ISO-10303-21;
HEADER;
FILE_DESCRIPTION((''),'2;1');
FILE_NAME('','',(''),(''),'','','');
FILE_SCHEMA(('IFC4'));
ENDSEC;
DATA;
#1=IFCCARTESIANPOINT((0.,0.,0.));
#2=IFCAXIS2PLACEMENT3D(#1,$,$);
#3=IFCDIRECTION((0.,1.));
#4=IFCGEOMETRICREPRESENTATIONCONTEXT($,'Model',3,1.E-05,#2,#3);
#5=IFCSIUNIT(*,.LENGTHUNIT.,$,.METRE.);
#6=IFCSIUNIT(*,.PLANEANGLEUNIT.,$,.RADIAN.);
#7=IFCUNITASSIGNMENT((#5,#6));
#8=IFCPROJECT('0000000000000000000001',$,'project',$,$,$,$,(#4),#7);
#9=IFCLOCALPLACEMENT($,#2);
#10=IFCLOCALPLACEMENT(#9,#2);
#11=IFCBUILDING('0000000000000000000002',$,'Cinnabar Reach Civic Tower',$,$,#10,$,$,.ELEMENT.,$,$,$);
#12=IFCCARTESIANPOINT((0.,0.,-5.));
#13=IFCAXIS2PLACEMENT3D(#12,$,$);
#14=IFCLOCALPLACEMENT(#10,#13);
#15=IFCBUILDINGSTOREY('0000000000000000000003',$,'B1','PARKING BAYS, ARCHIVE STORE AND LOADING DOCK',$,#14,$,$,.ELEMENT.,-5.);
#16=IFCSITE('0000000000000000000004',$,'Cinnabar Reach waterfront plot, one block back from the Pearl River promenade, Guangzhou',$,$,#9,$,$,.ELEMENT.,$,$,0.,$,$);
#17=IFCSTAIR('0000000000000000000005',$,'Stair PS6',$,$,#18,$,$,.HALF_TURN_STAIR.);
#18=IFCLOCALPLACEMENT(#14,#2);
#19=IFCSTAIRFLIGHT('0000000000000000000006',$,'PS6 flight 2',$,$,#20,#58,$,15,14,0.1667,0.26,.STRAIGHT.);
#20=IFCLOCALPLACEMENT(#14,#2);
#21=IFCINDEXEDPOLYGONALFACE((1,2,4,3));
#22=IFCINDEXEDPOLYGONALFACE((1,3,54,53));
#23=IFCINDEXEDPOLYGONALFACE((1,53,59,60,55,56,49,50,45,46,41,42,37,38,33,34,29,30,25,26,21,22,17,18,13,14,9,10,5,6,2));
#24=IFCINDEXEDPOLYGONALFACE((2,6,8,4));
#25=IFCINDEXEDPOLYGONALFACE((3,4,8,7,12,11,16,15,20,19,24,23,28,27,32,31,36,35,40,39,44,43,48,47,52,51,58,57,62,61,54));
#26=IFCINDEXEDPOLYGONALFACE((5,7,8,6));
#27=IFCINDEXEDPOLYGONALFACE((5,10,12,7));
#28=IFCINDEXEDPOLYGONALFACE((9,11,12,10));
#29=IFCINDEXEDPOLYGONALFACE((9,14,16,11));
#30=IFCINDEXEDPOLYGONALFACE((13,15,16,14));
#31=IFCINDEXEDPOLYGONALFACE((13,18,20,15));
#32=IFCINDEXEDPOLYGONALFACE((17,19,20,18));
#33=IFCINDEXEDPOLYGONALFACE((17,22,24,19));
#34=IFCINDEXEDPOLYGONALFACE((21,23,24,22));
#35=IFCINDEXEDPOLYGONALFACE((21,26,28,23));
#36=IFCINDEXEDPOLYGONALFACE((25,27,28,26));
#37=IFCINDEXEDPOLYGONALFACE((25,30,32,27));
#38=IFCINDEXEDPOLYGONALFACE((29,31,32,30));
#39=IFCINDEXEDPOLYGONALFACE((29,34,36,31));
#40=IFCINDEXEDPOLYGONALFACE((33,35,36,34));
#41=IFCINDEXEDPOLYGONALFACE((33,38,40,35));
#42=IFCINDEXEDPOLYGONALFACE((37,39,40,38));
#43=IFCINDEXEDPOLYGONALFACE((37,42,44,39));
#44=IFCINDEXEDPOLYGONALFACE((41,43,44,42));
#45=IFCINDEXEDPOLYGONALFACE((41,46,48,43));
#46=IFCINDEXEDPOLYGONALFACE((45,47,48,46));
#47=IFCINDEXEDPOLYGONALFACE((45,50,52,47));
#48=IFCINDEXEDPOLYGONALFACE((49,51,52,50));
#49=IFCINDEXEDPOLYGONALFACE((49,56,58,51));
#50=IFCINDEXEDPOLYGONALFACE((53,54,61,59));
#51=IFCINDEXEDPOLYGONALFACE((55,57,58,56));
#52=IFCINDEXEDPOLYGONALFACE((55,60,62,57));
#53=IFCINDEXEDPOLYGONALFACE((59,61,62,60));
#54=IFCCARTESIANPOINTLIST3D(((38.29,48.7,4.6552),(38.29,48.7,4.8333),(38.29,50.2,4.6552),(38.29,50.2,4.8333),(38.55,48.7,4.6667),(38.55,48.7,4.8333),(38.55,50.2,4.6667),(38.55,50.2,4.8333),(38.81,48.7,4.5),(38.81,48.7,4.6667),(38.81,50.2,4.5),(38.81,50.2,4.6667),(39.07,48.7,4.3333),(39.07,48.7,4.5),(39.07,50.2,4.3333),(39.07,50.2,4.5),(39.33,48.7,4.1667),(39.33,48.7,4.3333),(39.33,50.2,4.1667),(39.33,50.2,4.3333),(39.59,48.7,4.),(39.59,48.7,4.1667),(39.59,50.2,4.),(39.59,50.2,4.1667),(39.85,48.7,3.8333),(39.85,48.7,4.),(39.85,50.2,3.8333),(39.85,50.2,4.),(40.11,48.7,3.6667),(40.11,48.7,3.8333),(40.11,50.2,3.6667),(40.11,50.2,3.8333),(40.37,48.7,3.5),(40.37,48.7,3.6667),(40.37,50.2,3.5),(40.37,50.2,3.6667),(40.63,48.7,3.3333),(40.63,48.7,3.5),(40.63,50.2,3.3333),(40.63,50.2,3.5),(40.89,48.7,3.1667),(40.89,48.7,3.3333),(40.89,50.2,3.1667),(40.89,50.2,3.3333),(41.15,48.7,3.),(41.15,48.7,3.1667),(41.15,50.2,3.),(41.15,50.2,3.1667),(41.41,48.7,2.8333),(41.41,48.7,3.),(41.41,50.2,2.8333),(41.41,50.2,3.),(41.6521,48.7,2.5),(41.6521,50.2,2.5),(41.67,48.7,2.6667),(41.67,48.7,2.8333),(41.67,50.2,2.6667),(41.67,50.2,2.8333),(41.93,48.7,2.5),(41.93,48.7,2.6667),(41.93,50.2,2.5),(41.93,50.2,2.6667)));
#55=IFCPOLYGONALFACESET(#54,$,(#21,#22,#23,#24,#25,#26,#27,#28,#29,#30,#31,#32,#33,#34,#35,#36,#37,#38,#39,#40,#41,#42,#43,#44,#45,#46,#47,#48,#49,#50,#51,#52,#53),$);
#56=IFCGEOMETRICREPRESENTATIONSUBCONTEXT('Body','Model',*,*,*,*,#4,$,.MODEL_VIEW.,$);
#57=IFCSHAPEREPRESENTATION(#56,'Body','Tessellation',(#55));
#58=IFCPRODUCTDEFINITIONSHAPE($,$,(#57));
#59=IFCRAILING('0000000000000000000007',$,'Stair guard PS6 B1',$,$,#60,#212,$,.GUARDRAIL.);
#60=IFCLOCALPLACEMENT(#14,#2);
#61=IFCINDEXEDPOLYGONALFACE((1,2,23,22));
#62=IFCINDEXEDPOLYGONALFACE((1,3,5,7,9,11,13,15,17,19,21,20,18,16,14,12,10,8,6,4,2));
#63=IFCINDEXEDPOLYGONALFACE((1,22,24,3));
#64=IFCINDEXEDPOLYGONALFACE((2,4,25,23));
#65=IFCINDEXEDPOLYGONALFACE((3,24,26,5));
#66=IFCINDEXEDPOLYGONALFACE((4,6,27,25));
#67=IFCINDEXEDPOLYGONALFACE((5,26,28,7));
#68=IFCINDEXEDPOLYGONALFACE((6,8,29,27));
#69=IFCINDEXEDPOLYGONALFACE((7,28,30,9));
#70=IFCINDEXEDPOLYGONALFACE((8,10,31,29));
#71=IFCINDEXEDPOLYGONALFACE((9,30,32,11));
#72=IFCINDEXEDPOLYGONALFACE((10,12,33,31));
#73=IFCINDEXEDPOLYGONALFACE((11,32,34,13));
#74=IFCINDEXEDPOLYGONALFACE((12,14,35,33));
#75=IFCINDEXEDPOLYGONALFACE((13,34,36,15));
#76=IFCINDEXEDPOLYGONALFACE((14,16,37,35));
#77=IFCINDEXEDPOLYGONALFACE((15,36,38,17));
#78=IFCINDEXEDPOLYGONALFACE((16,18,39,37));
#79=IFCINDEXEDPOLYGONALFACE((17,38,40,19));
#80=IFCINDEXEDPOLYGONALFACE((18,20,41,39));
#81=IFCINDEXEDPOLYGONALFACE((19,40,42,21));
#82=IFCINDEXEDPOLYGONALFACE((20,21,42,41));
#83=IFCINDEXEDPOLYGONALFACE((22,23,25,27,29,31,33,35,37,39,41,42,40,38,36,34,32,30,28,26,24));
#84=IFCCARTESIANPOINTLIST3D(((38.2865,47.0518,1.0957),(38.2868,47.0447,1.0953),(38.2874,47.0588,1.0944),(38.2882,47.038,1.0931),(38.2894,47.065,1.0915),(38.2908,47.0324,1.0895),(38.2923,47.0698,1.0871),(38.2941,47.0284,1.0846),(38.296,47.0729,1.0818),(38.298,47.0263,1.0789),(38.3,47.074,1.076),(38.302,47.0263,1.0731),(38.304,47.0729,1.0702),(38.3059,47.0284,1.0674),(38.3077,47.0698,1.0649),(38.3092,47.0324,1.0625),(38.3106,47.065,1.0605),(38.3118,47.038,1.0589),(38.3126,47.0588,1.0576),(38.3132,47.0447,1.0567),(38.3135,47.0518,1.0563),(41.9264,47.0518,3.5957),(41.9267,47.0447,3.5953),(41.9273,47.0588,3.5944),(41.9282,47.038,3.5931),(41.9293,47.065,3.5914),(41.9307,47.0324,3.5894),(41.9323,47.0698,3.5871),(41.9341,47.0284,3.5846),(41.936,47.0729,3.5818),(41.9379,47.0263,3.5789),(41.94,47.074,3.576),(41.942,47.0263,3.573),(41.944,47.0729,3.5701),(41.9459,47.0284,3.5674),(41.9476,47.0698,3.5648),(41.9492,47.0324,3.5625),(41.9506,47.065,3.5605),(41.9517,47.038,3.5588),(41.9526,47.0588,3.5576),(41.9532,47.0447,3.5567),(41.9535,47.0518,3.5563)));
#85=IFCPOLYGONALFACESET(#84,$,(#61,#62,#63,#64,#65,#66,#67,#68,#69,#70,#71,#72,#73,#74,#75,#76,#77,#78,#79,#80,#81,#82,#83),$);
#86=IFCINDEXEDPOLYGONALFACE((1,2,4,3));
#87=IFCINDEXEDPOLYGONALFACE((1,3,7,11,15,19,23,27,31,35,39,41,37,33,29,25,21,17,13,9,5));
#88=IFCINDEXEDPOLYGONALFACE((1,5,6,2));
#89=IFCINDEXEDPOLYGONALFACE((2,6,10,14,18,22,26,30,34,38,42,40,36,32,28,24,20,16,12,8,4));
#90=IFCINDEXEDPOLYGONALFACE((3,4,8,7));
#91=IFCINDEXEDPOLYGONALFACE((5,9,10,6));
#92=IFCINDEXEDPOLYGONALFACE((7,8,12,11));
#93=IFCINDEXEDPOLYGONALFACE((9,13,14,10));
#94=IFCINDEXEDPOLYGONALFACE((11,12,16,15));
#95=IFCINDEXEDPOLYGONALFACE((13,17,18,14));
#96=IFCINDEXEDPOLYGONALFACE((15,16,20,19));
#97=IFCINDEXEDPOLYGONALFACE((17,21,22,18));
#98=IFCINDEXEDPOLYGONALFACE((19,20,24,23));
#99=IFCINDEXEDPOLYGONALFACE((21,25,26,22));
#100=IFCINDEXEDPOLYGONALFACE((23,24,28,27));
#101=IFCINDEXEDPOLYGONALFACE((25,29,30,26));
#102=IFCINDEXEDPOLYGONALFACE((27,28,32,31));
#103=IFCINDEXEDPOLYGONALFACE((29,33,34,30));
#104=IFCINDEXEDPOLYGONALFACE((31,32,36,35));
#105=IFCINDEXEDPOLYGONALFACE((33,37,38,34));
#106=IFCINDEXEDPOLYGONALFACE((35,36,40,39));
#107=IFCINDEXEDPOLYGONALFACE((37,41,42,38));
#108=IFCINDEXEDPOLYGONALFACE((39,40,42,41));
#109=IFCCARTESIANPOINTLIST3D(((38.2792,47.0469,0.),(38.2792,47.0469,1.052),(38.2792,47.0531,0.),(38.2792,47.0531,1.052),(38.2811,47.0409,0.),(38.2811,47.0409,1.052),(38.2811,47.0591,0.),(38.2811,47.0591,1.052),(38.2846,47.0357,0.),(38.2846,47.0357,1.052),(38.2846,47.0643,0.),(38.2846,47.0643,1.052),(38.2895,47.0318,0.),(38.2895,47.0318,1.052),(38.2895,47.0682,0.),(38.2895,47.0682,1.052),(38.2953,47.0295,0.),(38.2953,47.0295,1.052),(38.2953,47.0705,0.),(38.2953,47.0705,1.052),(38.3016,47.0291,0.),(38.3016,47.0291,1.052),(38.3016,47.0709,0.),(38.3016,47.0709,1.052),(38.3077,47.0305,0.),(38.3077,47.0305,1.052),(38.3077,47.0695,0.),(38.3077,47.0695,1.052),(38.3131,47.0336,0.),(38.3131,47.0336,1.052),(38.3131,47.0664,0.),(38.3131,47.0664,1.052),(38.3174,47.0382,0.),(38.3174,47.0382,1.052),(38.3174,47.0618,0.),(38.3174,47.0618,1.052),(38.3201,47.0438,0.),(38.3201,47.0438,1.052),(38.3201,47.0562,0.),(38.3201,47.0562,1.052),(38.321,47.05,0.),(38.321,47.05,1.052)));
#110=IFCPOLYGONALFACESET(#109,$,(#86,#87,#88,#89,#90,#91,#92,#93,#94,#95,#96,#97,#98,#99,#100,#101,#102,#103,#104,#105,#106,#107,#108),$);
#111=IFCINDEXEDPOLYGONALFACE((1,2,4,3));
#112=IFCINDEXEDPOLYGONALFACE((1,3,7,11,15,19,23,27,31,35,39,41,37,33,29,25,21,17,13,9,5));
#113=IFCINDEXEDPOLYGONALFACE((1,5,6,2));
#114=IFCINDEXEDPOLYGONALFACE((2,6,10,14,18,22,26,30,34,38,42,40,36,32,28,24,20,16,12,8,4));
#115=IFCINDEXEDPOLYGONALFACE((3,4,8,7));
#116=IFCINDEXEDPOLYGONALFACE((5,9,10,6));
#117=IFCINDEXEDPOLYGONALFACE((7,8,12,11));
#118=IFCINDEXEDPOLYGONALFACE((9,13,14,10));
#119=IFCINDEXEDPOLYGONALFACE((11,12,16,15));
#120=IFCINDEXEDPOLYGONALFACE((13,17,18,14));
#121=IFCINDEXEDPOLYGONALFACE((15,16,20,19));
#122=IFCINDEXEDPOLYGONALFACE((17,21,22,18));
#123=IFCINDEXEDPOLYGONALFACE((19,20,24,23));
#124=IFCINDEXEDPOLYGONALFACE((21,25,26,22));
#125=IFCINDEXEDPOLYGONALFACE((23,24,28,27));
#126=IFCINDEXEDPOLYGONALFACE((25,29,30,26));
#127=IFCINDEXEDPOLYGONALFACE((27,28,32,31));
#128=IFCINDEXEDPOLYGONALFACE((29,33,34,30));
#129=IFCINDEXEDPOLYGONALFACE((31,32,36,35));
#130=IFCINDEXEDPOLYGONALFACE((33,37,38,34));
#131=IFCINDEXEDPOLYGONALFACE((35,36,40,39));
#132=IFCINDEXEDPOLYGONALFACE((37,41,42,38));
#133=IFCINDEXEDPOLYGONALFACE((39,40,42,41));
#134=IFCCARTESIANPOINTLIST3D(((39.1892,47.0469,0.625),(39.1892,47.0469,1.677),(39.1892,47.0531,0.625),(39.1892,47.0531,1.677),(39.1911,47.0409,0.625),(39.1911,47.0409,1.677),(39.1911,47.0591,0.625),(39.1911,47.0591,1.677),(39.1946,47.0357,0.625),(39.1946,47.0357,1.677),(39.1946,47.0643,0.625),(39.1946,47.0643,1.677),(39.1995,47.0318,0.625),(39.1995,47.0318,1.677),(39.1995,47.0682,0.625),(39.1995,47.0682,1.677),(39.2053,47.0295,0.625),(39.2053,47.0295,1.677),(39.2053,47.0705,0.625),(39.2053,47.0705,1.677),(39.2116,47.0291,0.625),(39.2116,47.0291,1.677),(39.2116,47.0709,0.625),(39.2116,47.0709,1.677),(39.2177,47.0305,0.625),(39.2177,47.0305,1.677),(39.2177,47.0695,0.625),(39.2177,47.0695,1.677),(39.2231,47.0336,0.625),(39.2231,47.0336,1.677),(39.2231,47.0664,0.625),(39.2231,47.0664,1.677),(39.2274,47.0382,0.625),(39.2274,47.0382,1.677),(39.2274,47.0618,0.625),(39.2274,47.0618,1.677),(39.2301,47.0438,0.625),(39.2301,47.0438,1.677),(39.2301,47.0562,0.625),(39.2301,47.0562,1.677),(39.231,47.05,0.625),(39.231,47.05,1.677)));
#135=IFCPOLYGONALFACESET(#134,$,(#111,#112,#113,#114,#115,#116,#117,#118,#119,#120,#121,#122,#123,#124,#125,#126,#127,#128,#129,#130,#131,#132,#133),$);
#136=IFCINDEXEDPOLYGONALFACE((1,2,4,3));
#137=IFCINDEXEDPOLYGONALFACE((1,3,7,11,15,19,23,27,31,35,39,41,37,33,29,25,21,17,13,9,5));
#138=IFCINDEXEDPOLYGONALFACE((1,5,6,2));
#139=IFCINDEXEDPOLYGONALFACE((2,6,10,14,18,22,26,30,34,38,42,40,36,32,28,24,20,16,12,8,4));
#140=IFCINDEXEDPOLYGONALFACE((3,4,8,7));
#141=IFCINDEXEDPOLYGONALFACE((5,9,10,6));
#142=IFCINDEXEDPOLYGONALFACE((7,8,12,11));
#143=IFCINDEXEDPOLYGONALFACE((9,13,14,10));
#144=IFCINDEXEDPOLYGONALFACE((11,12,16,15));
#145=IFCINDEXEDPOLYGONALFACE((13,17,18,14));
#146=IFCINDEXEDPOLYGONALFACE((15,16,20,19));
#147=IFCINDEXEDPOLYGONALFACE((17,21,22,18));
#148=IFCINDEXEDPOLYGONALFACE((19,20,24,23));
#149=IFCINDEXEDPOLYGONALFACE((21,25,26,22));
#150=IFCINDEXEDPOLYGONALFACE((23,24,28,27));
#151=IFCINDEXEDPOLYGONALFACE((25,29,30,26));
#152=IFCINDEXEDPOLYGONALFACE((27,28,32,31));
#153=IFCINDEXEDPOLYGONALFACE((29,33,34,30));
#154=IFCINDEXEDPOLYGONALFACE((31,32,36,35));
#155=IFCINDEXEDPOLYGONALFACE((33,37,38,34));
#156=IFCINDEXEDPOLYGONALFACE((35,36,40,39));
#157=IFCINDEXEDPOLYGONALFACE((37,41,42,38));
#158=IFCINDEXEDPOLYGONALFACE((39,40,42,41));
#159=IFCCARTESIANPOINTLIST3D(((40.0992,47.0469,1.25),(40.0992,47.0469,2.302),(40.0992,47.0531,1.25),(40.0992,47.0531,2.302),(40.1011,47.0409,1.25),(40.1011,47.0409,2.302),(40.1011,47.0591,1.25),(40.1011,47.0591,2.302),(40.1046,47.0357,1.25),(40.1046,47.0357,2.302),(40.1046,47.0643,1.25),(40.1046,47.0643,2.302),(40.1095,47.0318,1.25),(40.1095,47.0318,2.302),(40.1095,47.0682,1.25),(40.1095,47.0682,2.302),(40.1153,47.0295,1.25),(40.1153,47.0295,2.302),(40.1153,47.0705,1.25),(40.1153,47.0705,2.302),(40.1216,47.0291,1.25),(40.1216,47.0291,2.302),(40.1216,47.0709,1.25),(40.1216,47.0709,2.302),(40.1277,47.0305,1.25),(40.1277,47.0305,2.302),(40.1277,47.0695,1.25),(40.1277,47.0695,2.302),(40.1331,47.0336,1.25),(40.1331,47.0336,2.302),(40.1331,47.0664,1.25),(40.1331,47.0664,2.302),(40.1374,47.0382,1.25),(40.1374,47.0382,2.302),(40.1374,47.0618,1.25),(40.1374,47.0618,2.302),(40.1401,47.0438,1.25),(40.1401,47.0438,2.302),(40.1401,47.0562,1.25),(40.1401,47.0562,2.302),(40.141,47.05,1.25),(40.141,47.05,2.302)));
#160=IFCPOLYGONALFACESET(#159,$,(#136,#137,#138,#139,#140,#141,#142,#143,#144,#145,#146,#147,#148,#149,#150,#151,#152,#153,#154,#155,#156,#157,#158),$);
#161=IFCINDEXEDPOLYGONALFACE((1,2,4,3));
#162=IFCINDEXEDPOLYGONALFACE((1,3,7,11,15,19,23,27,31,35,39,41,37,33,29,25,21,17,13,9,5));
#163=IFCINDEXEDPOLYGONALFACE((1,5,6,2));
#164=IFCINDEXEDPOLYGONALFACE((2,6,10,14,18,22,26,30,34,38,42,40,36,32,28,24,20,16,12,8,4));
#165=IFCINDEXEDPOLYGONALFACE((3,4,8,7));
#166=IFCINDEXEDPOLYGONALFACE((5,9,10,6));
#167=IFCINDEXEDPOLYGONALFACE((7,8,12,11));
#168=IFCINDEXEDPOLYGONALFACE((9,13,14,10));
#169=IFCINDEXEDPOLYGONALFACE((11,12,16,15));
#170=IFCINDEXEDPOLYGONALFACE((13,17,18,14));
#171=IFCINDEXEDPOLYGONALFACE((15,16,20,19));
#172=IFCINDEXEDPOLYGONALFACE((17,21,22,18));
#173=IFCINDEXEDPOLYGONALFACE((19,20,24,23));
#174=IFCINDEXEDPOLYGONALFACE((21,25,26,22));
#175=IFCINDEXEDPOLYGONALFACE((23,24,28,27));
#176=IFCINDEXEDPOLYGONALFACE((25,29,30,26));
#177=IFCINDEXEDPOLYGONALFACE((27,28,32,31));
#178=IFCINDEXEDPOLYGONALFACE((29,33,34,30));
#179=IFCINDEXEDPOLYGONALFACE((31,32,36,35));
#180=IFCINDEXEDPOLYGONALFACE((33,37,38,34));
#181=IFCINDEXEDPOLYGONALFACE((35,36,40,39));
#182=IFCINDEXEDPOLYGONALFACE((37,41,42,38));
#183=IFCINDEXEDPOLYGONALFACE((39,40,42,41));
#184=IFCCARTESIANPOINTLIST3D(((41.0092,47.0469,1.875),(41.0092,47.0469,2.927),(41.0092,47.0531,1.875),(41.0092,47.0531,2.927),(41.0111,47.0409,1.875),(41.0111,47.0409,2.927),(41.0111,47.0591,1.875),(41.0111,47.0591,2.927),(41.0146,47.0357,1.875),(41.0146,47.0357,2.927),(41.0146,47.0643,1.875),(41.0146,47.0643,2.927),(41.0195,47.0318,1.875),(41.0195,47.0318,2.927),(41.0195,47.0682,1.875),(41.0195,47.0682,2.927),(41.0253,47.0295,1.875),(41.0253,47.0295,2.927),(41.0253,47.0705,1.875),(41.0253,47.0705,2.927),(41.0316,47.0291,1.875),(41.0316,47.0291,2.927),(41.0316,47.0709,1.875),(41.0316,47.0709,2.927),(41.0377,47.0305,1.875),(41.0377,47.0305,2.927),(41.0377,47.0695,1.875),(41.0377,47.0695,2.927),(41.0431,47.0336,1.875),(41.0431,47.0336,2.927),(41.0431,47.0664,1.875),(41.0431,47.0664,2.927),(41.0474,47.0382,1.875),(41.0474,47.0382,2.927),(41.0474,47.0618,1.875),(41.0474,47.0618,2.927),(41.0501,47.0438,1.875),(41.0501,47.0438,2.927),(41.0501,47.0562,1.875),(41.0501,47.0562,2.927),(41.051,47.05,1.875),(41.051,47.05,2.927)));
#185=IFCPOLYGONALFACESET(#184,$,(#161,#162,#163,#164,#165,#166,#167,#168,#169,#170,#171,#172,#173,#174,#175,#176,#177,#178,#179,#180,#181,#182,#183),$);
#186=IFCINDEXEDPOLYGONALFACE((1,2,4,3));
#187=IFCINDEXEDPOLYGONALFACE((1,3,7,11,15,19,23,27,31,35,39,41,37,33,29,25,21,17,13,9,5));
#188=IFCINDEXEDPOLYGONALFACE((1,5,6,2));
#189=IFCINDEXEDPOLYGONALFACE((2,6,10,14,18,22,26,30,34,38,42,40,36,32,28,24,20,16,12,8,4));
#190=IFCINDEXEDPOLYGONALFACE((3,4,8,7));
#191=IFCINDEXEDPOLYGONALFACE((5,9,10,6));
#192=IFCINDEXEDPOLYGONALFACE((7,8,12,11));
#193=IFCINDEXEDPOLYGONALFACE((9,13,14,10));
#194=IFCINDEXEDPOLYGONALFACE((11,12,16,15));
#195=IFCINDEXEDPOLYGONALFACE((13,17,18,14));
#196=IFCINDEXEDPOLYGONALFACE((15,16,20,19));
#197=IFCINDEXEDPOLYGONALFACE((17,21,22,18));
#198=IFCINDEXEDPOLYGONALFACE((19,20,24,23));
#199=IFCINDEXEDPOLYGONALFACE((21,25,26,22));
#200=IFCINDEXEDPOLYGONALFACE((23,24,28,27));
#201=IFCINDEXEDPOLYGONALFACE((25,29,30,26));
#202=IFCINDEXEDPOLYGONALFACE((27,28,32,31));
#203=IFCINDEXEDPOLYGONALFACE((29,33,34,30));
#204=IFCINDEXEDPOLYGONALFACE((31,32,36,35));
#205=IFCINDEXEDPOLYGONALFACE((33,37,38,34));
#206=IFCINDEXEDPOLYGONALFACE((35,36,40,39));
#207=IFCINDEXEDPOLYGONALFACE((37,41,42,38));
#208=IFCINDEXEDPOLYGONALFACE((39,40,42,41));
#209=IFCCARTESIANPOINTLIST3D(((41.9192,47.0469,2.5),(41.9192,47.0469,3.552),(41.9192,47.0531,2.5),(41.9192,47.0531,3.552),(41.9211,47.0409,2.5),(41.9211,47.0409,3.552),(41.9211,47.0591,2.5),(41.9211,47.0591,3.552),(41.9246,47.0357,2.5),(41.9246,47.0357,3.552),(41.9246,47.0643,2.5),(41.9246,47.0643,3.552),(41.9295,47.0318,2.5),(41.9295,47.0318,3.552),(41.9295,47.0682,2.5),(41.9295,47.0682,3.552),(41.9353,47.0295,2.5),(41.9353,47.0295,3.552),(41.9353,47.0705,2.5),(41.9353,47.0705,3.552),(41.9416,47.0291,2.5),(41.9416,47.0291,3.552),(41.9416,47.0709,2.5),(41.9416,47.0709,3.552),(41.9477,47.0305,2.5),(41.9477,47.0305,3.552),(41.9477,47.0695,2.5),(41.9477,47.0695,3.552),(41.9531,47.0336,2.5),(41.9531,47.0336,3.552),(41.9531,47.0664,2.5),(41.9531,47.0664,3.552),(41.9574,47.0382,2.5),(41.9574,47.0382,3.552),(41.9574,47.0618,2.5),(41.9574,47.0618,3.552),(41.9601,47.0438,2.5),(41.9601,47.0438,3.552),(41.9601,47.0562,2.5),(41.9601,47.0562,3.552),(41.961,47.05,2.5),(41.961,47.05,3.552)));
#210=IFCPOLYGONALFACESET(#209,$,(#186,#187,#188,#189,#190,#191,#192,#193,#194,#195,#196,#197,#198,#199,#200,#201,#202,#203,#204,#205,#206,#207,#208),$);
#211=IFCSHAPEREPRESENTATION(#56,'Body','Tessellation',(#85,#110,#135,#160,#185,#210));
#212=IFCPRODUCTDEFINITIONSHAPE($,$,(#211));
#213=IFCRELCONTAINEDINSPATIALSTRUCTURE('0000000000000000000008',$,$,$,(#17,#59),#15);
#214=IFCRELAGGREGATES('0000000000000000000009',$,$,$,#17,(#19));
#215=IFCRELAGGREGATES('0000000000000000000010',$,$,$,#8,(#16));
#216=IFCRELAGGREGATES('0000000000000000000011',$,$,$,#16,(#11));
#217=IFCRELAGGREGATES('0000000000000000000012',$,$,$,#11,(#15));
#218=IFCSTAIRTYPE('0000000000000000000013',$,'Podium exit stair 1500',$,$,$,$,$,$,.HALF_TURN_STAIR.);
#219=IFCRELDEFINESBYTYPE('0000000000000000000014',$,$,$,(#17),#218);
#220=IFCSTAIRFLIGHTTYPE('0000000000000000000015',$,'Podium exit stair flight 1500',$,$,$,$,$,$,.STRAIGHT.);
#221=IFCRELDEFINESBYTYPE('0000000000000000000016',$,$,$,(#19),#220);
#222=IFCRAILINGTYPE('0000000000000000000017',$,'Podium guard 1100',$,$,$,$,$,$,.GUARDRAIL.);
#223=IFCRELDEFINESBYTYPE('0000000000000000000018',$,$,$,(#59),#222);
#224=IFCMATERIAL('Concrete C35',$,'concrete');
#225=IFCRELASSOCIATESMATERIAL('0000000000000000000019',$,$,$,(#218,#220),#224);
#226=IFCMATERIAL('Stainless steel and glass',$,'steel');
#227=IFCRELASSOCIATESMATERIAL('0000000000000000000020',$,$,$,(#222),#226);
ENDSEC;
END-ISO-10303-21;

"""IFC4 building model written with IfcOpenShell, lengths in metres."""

from ifc_helpers import new_model, si_unit, direction, frame, origin, origin_2d, place, context, subcontext, project, spatial, polyline, circle, outline, extrude, material, type_object, element, aggregate, save


model = new_model("IFC4")

# Units and contexts
model_context = context("Model", 3, precision=1e-05, world=origin(), true_north=direction((0.0, 1.0)))
body_context = subcontext(model_context, "Body", "Model", "MODEL_VIEW")
ifc_project = project(units=[si_unit("LENGTHUNIT", "METRE"), si_unit("PLANEANGLEUNIT", "RADIAN")], contexts=[model_context])

# Site, building, storey
site_placement = place(None, origin())
site = spatial("IfcSite", under=ifc_project, at=site_placement, Name="Cinnabar Reach waterfront plot, one block back from the Pearl River promenade, Guangzhou", CompositionType="ELEMENT", RefElevation=0.0)
building_placement = place(site_placement, origin())
building = spatial("IfcBuilding", under=site, at=building_placement, Name="Cinnabar Reach Civic Tower", CompositionType="ELEMENT")
storey_placement = place(building_placement, frame((0.0, 0.0, -5.0)))
storey = spatial("IfcBuildingStorey", under=building, at=storey_placement, Name="B1", Description="PARKING BAYS, ARCHIVE STORE AND LOADING DOCK", CompositionType="ELEMENT", Elevation=-5.0)

# Stair, stair flight
ifc_material_1 = material(Name="Concrete C35", Category="concrete")
stair_type = type_object("IfcStairType", Name="Podium exit stair 1500", PredefinedType="HALF_TURN_STAIR", material=ifc_material_1)
stair_placement = place(storey_placement, origin())
stair = element("IfcStair", 1, at=stair_placement, inside=storey, type_object=stair_type, Name="Stair PS6", PredefinedType="HALF_TURN_STAIR")
stair_flight_type = type_object("IfcStairFlightType", Name="Podium exit stair flight 1500", PredefinedType="STRAIGHT", material=ifc_material_1)
stair_flight_1_placement = place(storey_placement, frame((41.93, 49.45, 2.5), z_axis=(0.0, 0.0, 1.0), x_axis=(-1.0, 0.0, 0.0)))
stair_flight_1 = element("IfcStairFlight", 2, at=stair_flight_1_placement, type_object=stair_flight_type, Name="PS6 flight 2", NumberOfRisers=15, NumberOfTreads=14, PredefinedType="STRAIGHT", RiserHeight=0.1667, TreadLength=0.26, context=body_context, shape_type="SweptSolid", body=[
    extrude(outline(polyline([(0.0, 0.0), (0.0, 0.1667), (0.26, 0.1667), (0.26, 0.3333), (0.52, 0.3333), (0.52, 0.5), (0.78, 0.5), (0.78, 0.6667), (1.04, 0.6667), (1.04, 0.8333), (1.3, 0.8333), (1.3, 1.0), (1.56, 1.0), (1.56, 1.1667), (1.82, 1.1667), (1.82, 1.3333), (2.08, 1.3333), (2.08, 1.5), (2.34, 1.5), (2.34, 1.6667), (2.6, 1.6667), (2.6, 1.8333), (2.86, 1.8333), (2.86, 2.0), (3.12, 2.0), (3.12, 2.1667), (3.38, 2.1667), (3.38, 2.3333), (3.64, 2.3333), (3.64, 2.5), (3.64, 2.1552), (0.2779, 0.0), (0.0, 0.0)])), frame((0.0, 0.75, 0.0), z_axis=(0.0, -1.0, 0.0), x_axis=(1.0, 0.0, 0.0)), (0.0, 0.0, 1.0), 1.5),
])
aggregate(stair, [stair_flight_1])

# Railing
ifc_material_2 = material(Name="Stainless steel and glass", Category="steel")
railing_type = type_object("IfcRailingType", Name="Podium guard 1100", PredefinedType="GUARDRAIL", material=ifc_material_2)
railing_1_placement = place(storey_placement, frame((38.3, 47.05, 0.0)))
element("IfcRailing", 3, at=railing_1_placement, inside=storey, type_object=railing_type, Name="Stair guard PS6 B1", PredefinedType="GUARDRAIL", context=body_context, shape_type="SweptSolid", body=[
    extrude(circle(Radius=0.024, at=origin_2d()), frame((0.0, 0.0, 1.076), z_axis=(0.824306, 0.0, 0.566144), x_axis=(0.0, 1.0, 0.0)), (0.0, 0.0, 1.0), 4.4158),
    extrude(circle(Radius=0.021, at=origin_2d()), origin(), (0.0, 0.0, 1.0), 1.052),
    extrude(circle(Radius=0.021, at=origin_2d()), frame((0.91, 0.0, 0.625)), (0.0, 0.0, 1.0), 1.052),
    extrude(circle(Radius=0.021, at=origin_2d()), frame((1.82, 0.0, 1.25)), (0.0, 0.0, 1.0), 1.052),
    extrude(circle(Radius=0.021, at=origin_2d()), frame((2.73, 0.0, 1.875)), (0.0, 0.0, 1.0), 1.052),
    extrude(circle(Radius=0.021, at=origin_2d()), frame((3.64, 0.0, 2.5)), (0.0, 0.0, 1.0), 1.052),
])

save(model, "model.ifc")
